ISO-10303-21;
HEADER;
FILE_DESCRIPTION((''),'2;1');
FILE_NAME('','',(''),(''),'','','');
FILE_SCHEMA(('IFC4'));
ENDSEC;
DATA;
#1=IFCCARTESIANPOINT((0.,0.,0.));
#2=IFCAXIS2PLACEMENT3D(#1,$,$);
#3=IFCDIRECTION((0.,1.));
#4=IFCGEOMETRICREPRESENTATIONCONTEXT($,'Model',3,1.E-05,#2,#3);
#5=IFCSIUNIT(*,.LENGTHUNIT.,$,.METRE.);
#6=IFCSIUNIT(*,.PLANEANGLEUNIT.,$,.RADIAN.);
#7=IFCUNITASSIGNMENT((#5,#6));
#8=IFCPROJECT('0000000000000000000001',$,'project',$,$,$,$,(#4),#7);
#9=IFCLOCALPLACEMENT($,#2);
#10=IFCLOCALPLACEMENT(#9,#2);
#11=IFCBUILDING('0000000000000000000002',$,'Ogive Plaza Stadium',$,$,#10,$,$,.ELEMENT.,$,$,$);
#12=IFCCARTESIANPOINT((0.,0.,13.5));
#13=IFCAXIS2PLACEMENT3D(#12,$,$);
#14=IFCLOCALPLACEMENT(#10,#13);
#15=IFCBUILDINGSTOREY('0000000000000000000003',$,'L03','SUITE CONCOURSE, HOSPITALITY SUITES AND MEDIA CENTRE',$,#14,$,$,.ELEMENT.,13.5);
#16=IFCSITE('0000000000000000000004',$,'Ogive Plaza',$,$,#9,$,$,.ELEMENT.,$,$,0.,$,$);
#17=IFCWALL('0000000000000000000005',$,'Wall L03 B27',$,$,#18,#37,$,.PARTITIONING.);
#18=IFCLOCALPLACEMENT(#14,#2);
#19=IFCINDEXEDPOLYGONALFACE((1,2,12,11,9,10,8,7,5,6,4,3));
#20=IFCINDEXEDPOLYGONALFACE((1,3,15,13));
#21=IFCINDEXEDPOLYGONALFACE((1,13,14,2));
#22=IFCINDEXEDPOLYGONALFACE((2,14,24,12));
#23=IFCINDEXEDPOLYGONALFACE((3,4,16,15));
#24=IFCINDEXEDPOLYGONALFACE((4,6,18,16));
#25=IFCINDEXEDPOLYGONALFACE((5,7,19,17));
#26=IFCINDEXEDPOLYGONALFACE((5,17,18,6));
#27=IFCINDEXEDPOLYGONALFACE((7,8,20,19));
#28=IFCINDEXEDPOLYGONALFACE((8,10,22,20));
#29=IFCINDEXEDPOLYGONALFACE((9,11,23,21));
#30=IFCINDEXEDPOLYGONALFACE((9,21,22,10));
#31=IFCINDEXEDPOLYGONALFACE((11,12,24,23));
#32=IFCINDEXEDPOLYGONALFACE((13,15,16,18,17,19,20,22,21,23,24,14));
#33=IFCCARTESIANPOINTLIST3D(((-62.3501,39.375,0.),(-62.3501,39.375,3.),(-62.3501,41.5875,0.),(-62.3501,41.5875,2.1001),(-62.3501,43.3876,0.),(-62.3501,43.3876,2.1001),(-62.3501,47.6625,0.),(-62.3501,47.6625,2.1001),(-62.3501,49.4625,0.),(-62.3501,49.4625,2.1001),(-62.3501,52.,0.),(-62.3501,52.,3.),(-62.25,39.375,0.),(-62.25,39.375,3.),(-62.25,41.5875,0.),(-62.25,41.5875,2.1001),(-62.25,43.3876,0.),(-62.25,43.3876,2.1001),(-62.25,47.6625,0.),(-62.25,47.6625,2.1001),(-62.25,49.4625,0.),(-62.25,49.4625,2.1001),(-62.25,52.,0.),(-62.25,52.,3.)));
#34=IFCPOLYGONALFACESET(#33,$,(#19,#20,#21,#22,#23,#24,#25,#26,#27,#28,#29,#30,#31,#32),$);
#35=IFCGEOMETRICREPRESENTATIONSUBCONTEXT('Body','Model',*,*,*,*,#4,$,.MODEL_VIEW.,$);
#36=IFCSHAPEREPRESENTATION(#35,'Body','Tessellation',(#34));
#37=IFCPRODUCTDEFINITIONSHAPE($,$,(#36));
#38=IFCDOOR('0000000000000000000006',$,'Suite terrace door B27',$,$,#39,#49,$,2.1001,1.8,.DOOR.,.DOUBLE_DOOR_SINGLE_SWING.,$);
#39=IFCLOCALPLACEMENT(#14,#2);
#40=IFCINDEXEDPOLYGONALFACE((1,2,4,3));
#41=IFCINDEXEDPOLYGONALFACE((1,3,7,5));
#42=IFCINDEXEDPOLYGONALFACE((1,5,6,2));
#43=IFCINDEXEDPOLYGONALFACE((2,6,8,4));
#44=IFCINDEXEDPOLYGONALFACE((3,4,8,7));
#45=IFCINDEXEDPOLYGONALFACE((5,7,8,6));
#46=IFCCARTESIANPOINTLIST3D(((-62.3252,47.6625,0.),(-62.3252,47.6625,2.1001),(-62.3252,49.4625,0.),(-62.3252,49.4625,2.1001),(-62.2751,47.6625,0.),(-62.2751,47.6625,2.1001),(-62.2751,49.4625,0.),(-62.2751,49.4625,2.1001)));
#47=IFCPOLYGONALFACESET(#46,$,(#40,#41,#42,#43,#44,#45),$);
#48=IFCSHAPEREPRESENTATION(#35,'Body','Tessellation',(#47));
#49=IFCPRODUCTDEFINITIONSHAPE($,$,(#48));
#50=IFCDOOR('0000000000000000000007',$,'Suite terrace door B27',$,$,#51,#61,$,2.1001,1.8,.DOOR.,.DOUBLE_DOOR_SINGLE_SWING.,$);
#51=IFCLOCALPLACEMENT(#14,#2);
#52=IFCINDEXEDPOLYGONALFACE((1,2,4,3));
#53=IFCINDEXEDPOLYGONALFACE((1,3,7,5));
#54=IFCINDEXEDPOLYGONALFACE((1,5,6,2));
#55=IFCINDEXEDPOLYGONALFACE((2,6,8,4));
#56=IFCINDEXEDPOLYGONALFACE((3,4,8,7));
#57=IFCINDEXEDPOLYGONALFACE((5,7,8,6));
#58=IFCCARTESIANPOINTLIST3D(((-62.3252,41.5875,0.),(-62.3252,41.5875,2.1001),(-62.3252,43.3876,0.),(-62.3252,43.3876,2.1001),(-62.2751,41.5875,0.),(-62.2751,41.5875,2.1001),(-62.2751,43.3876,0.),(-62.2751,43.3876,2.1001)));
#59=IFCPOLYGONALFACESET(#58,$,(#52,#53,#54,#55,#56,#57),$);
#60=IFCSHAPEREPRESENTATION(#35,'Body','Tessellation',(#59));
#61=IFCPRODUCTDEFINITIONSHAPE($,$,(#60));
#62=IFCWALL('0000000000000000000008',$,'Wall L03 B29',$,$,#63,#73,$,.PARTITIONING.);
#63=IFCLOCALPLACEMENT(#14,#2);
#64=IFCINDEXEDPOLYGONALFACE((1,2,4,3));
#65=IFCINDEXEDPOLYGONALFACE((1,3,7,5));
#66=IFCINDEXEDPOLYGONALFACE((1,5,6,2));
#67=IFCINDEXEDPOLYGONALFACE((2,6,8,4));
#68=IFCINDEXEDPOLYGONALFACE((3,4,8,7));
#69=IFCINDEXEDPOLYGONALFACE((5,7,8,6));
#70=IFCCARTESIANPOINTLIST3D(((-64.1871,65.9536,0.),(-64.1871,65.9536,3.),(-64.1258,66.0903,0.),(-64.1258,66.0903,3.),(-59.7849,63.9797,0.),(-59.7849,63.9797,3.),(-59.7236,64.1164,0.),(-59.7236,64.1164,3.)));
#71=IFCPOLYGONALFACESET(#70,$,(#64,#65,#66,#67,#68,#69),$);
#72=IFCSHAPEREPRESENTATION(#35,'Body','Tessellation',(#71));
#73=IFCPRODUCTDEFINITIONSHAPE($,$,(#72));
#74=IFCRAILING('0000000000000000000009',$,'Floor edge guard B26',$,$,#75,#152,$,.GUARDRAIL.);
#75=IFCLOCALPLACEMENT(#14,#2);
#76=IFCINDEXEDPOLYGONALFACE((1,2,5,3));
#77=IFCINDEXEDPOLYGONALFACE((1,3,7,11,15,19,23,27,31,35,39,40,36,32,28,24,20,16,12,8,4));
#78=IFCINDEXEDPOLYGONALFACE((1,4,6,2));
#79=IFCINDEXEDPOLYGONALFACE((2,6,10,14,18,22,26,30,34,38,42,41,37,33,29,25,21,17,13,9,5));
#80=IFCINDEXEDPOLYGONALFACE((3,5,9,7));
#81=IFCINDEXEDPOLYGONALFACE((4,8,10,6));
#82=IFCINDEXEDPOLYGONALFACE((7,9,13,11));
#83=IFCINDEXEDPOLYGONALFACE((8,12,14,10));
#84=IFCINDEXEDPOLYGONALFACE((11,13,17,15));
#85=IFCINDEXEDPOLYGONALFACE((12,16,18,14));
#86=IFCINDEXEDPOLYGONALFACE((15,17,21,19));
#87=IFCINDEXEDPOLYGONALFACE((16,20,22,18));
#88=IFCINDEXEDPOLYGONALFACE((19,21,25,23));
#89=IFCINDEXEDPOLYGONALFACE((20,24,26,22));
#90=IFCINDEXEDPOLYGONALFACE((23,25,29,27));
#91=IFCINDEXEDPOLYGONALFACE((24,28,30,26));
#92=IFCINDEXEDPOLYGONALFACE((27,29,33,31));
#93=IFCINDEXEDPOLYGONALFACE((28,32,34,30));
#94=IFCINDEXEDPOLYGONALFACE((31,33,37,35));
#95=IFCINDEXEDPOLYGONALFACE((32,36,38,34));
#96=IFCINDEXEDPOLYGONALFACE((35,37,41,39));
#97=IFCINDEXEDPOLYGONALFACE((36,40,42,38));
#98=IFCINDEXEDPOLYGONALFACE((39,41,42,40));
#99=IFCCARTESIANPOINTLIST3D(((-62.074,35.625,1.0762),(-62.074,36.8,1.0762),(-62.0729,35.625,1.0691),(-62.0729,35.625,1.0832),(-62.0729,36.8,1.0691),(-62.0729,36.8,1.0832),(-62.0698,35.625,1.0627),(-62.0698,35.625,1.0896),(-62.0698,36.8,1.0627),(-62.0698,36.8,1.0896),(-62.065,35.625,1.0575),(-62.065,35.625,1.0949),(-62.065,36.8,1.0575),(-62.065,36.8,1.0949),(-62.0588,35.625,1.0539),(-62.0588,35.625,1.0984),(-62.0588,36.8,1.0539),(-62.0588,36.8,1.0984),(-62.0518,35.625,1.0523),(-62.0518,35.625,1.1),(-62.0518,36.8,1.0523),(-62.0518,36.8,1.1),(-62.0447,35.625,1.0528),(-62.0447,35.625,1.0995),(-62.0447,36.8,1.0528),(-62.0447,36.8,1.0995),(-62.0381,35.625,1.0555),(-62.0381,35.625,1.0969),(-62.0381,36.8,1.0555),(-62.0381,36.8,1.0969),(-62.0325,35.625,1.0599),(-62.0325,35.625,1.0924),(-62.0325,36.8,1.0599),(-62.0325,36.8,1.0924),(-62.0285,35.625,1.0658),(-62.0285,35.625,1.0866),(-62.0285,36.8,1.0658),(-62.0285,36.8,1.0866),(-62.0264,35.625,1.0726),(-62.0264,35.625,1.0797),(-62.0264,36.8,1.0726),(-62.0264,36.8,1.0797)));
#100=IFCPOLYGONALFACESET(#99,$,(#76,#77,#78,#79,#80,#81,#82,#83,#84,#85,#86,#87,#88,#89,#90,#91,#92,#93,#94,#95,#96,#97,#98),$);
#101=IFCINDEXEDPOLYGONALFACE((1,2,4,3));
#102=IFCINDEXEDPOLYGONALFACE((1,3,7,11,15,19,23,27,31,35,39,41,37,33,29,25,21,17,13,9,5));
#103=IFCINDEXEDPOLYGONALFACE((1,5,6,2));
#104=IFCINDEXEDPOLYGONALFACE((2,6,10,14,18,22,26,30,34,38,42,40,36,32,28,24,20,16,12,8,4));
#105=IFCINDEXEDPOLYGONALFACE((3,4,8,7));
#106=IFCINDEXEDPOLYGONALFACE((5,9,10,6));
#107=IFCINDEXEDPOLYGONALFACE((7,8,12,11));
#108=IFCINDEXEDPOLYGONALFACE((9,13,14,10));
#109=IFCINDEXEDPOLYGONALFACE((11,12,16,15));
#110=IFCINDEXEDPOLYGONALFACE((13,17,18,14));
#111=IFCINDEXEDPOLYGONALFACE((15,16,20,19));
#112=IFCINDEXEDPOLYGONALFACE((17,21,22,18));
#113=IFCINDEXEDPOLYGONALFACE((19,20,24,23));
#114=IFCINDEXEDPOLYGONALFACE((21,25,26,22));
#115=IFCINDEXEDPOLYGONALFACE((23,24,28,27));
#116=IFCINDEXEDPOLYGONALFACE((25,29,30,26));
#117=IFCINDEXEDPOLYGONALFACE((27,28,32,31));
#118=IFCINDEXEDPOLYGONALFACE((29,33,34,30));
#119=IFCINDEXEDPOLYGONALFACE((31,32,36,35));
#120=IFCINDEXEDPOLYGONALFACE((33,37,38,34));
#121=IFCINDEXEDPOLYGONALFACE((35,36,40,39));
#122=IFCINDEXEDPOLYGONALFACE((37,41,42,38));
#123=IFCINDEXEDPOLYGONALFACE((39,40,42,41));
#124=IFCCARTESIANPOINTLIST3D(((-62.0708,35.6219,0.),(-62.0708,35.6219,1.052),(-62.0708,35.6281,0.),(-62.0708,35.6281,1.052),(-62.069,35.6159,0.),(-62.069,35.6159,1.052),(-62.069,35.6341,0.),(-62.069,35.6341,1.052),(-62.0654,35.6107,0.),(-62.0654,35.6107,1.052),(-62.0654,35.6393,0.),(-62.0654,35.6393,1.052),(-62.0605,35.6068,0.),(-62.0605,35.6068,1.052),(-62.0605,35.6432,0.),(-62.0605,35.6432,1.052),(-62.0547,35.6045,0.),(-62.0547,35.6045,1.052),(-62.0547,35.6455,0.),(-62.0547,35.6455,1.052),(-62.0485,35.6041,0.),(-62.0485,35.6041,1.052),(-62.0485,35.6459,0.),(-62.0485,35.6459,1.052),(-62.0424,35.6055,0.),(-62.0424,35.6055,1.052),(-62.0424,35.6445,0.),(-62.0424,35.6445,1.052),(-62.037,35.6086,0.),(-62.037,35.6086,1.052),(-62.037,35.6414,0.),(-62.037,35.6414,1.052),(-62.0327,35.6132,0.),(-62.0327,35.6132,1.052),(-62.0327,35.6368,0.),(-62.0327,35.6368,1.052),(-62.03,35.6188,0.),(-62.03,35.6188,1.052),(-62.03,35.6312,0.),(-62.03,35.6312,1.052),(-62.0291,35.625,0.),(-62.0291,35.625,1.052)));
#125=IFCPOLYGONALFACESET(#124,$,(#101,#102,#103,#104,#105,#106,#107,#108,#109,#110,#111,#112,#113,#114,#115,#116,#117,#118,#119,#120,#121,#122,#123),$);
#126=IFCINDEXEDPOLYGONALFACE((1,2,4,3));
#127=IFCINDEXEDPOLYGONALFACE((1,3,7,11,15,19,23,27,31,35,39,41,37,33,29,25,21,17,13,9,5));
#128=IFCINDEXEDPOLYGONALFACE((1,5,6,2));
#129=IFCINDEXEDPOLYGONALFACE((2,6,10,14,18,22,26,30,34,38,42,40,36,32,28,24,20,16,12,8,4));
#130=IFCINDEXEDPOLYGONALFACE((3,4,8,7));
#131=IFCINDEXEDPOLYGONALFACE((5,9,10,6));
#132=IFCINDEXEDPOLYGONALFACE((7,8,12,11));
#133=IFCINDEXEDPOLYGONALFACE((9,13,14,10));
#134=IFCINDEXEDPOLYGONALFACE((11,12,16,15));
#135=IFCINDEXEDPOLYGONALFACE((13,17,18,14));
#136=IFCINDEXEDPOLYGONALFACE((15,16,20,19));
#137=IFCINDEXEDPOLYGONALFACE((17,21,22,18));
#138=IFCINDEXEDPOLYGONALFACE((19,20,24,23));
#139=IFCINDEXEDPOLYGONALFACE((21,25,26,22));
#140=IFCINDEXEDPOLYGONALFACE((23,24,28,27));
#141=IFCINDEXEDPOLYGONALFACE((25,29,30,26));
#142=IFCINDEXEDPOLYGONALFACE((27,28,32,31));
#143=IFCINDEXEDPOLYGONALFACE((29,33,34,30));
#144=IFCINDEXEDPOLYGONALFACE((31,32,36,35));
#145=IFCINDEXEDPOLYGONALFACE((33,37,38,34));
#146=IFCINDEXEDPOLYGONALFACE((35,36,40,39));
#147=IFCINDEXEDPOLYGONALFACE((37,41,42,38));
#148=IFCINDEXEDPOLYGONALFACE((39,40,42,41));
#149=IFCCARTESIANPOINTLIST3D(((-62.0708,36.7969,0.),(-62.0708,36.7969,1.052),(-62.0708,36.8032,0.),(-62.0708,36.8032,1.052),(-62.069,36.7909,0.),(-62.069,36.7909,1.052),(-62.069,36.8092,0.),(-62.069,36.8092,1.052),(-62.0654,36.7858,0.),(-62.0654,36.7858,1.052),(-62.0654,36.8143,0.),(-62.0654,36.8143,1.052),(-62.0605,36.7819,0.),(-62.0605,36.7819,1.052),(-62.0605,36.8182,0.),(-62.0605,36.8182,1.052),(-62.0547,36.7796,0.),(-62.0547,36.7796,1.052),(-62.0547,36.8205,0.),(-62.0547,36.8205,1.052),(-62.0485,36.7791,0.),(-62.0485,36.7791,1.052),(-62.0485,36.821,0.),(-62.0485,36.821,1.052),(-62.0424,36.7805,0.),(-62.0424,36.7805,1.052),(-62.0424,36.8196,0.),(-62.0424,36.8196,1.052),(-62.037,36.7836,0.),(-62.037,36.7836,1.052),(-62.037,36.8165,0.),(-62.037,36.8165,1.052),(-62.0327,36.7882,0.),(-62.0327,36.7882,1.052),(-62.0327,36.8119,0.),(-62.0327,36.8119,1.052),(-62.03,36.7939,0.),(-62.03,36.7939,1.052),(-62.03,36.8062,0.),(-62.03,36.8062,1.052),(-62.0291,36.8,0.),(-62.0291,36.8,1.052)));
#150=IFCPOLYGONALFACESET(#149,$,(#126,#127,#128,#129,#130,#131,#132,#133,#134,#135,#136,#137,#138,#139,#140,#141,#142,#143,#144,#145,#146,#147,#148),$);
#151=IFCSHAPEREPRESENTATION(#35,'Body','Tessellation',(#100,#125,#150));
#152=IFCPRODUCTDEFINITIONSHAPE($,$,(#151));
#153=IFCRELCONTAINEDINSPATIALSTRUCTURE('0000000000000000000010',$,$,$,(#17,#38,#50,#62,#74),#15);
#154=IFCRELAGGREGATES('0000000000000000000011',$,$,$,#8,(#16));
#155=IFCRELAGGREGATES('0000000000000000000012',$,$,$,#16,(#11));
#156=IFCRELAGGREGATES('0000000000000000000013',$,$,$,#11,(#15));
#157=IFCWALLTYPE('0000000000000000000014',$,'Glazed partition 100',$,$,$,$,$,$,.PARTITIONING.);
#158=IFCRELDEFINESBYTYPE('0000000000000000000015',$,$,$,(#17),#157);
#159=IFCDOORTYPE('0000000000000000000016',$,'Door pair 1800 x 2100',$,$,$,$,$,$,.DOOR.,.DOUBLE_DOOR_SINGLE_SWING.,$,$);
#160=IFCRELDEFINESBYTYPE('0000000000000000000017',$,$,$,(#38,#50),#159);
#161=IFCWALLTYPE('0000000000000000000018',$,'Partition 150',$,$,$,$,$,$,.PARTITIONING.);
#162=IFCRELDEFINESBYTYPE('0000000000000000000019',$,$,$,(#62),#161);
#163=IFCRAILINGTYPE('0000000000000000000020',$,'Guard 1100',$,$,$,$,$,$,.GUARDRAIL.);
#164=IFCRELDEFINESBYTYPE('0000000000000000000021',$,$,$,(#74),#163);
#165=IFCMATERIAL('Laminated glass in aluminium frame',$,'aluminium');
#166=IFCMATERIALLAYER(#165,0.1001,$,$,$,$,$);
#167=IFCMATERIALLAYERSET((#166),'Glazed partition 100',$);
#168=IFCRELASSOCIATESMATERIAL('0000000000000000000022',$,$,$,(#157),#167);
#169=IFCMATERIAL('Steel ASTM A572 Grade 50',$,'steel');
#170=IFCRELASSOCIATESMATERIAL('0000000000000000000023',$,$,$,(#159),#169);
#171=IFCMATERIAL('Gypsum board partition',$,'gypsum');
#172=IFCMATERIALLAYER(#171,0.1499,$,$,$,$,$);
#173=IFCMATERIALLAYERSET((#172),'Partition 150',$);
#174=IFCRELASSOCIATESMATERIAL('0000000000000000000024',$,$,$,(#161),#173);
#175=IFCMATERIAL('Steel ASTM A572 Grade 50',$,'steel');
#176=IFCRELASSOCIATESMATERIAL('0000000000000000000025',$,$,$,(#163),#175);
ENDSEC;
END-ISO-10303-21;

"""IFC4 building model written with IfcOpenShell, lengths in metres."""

from ifc_helpers import new_model, si_unit, direction, frame, frame_2d, origin, origin_2d, place, context, subcontext, project, spatial, rectangle, circle, extrude, material, layer, layer_set, type_object, element, fill, save


model = new_model("IFC4")

# Units and contexts
model_context = context("Model", 3, precision=1e-05, world=origin(), true_north=direction((0.0, 1.0)))
body_context = subcontext(model_context, "Body", "Model", "MODEL_VIEW")
ifc_project = project(units=[si_unit("LENGTHUNIT", "METRE"), si_unit("PLANEANGLEUNIT", "RADIAN")], contexts=[model_context])

# Site, building, storey
site_placement = place(None, origin())
site = spatial("IfcSite", under=ifc_project, at=site_placement, Name="Ogive Plaza", CompositionType="ELEMENT", RefElevation=0.0)
building_placement = place(site_placement, origin())
building = spatial("IfcBuilding", under=site, at=building_placement, Name="Ogive Plaza Stadium", CompositionType="ELEMENT")
storey_placement = place(building_placement, frame((0.0, 0.0, 13.5)))
storey = spatial("IfcBuildingStorey", under=building, at=storey_placement, Name="L03", Description="SUITE CONCOURSE, HOSPITALITY SUITES AND MEDIA CENTRE", CompositionType="ELEMENT", Elevation=13.5)

# Wall, openings, doors
ifc_material_1 = material(Name="Laminated glass in aluminium frame", Category="aluminium")
ifc_layer_1 = layer(ifc_material_1, 0.1001)
ifc_layer_set_1 = layer_set([ifc_layer_1], Name="Glazed partition 100")
wall_type_1 = type_object("IfcWallType", Name="Glazed partition 100", PredefinedType="PARTITIONING", material=ifc_layer_set_1)
wall_1_placement = place(storey_placement, frame((-62.3, 52.0, 0.0), z_axis=(0.0, 0.0, 1.0), x_axis=(0.0, -1.0, 0.0)))
wall_1 = element("IfcWall", 1, at=wall_1_placement, inside=storey, type_object=wall_type_1, Name="Wall L03 B27", PredefinedType="PARTITIONING", context=body_context, shape_type="SweptSolid", body=[
    extrude(rectangle(XDim=12.625, YDim=0.1001, at=frame_2d((6.3125, 0.0))), origin(), (0.0, 0.0, 1.0), 3.0),
])
opening_1_placement = place(wall_1_placement, frame((2.5376, 0.0, 0.0)))
opening_1 = element("IfcOpeningElement", 2, at=opening_1_placement, cuts=wall_1, PredefinedType="OPENING", context=body_context, shape_type="SweptSolid", body=[
    extrude(rectangle(XDim=1.8, YDim=2.1001, at=frame_2d((0.8999, 1.05))), frame((0.0, 0.05, 0.0), z_axis=(0.0, -1.0, 0.0), x_axis=(1.0, 0.0, 0.0)), (0.0, 0.0, 1.0), 0.1001),
])
opening_2_placement = place(wall_1_placement, frame((8.6125, 0.0, 0.0)))
opening_2 = element("IfcOpeningElement", 3, at=opening_2_placement, cuts=wall_1, PredefinedType="OPENING", context=body_context, shape_type="SweptSolid", body=[
    extrude(rectangle(XDim=1.8, YDim=2.1001, at=frame_2d((0.8999, 1.05))), frame((0.0, 0.05, 0.0), z_axis=(0.0, -1.0, 0.0), x_axis=(1.0, 0.0, 0.0)), (0.0, 0.0, 1.0), 0.1001),
])
ifc_material_2 = material(Name="Steel ASTM A572 Grade 50", Category="steel")
door_type = type_object("IfcDoorType", Name="Door pair 1800 x 2100", OperationType="DOUBLE_DOOR_SINGLE_SWING", PredefinedType="DOOR", material=ifc_material_2)
door_1_placement = place(opening_1_placement, origin())
door_1 = element("IfcDoor", 4, at=door_1_placement, inside=storey, type_object=door_type, Name="Suite terrace door B27", OperationType="DOUBLE_DOOR_SINGLE_SWING", OverallHeight=2.1001, OverallWidth=1.8, PredefinedType="DOOR", context=body_context, shape_type="SweptSolid", body=[
    extrude(rectangle(XDim=1.8, YDim=2.1001, at=frame_2d((0.8999, 1.05))), frame((0.0, 0.0249, 0.0), z_axis=(0.0, -1.0, 0.0), x_axis=(1.0, 0.0, 0.0)), (0.0, 0.0, 1.0), 0.05),
])
fill(opening_1, door_1)
door_2_placement = place(opening_2_placement, origin())
door_2 = element("IfcDoor", 5, at=door_2_placement, inside=storey, type_object=door_type, Name="Suite terrace door B27", OperationType="DOUBLE_DOOR_SINGLE_SWING", OverallHeight=2.1001, OverallWidth=1.8, PredefinedType="DOOR", context=body_context, shape_type="SweptSolid", body=[
    extrude(rectangle(XDim=1.8, YDim=2.1001, at=frame_2d((0.8999, 1.05))), frame((0.0, 0.0249, 0.0), z_axis=(0.0, -1.0, 0.0), x_axis=(1.0, 0.0, 0.0)), (0.0, 0.0, 1.0), 0.05),
])
fill(opening_2, door_2)

# Wall
ifc_material_3 = material(Name="Gypsum board partition", Category="gypsum")
ifc_layer_2 = layer(ifc_material_3, 0.1499)
ifc_layer_set_2 = layer_set([ifc_layer_2], Name="Partition 150")
wall_type_2 = type_object("IfcWallType", Name="Partition 150", PredefinedType="PARTITIONING", material=ifc_layer_set_2)
wall_2_placement = place(storey_placement, frame((-59.7544, 64.0481, 0.0), z_axis=(0.0, 0.0, 1.0), x_axis=(-0.912469, 0.409146, 0.0)))
element("IfcWall", 6, at=wall_2_placement, inside=storey, type_object=wall_type_2, Name="Wall L03 B29", PredefinedType="PARTITIONING", context=body_context, shape_type="SweptSolid", body=[
    extrude(rectangle(XDim=4.8245, YDim=0.1499, at=frame_2d((2.4121, 0.0))), origin(), (0.0, 0.0, 1.0), 3.0),
])

# Railing
ifc_material_4 = material(Name="Steel ASTM A572 Grade 50", Category="steel")
railing_type = type_object("IfcRailingType", Name="Guard 1100", PredefinedType="GUARDRAIL", material=ifc_material_4)
railing_1_placement = place(storey_placement, frame((-62.05, 35.625, 0.0)))
element("IfcRailing", 7, at=railing_1_placement, inside=storey, type_object=railing_type, Name="Floor edge guard B26", PredefinedType="GUARDRAIL", context=body_context, shape_type="SweptSolid", body=[
    extrude(circle(Radius=0.0239, at=origin_2d()), frame((0.0, 0.0, 1.0762), z_axis=(0.0, 1.0, 0.0), x_axis=(-1.0, 0.0, 0.0)), (0.0, 0.0, 1.0), 1.175),
    extrude(circle(Radius=0.021, at=origin_2d()), origin(), (0.0, 0.0, 1.0), 1.052),
    extrude(circle(Radius=0.021, at=origin_2d()), frame((0.0, 1.175, 0.0)), (0.0, 0.0, 1.0), 1.052),
])

save(model, "model.ifc")
